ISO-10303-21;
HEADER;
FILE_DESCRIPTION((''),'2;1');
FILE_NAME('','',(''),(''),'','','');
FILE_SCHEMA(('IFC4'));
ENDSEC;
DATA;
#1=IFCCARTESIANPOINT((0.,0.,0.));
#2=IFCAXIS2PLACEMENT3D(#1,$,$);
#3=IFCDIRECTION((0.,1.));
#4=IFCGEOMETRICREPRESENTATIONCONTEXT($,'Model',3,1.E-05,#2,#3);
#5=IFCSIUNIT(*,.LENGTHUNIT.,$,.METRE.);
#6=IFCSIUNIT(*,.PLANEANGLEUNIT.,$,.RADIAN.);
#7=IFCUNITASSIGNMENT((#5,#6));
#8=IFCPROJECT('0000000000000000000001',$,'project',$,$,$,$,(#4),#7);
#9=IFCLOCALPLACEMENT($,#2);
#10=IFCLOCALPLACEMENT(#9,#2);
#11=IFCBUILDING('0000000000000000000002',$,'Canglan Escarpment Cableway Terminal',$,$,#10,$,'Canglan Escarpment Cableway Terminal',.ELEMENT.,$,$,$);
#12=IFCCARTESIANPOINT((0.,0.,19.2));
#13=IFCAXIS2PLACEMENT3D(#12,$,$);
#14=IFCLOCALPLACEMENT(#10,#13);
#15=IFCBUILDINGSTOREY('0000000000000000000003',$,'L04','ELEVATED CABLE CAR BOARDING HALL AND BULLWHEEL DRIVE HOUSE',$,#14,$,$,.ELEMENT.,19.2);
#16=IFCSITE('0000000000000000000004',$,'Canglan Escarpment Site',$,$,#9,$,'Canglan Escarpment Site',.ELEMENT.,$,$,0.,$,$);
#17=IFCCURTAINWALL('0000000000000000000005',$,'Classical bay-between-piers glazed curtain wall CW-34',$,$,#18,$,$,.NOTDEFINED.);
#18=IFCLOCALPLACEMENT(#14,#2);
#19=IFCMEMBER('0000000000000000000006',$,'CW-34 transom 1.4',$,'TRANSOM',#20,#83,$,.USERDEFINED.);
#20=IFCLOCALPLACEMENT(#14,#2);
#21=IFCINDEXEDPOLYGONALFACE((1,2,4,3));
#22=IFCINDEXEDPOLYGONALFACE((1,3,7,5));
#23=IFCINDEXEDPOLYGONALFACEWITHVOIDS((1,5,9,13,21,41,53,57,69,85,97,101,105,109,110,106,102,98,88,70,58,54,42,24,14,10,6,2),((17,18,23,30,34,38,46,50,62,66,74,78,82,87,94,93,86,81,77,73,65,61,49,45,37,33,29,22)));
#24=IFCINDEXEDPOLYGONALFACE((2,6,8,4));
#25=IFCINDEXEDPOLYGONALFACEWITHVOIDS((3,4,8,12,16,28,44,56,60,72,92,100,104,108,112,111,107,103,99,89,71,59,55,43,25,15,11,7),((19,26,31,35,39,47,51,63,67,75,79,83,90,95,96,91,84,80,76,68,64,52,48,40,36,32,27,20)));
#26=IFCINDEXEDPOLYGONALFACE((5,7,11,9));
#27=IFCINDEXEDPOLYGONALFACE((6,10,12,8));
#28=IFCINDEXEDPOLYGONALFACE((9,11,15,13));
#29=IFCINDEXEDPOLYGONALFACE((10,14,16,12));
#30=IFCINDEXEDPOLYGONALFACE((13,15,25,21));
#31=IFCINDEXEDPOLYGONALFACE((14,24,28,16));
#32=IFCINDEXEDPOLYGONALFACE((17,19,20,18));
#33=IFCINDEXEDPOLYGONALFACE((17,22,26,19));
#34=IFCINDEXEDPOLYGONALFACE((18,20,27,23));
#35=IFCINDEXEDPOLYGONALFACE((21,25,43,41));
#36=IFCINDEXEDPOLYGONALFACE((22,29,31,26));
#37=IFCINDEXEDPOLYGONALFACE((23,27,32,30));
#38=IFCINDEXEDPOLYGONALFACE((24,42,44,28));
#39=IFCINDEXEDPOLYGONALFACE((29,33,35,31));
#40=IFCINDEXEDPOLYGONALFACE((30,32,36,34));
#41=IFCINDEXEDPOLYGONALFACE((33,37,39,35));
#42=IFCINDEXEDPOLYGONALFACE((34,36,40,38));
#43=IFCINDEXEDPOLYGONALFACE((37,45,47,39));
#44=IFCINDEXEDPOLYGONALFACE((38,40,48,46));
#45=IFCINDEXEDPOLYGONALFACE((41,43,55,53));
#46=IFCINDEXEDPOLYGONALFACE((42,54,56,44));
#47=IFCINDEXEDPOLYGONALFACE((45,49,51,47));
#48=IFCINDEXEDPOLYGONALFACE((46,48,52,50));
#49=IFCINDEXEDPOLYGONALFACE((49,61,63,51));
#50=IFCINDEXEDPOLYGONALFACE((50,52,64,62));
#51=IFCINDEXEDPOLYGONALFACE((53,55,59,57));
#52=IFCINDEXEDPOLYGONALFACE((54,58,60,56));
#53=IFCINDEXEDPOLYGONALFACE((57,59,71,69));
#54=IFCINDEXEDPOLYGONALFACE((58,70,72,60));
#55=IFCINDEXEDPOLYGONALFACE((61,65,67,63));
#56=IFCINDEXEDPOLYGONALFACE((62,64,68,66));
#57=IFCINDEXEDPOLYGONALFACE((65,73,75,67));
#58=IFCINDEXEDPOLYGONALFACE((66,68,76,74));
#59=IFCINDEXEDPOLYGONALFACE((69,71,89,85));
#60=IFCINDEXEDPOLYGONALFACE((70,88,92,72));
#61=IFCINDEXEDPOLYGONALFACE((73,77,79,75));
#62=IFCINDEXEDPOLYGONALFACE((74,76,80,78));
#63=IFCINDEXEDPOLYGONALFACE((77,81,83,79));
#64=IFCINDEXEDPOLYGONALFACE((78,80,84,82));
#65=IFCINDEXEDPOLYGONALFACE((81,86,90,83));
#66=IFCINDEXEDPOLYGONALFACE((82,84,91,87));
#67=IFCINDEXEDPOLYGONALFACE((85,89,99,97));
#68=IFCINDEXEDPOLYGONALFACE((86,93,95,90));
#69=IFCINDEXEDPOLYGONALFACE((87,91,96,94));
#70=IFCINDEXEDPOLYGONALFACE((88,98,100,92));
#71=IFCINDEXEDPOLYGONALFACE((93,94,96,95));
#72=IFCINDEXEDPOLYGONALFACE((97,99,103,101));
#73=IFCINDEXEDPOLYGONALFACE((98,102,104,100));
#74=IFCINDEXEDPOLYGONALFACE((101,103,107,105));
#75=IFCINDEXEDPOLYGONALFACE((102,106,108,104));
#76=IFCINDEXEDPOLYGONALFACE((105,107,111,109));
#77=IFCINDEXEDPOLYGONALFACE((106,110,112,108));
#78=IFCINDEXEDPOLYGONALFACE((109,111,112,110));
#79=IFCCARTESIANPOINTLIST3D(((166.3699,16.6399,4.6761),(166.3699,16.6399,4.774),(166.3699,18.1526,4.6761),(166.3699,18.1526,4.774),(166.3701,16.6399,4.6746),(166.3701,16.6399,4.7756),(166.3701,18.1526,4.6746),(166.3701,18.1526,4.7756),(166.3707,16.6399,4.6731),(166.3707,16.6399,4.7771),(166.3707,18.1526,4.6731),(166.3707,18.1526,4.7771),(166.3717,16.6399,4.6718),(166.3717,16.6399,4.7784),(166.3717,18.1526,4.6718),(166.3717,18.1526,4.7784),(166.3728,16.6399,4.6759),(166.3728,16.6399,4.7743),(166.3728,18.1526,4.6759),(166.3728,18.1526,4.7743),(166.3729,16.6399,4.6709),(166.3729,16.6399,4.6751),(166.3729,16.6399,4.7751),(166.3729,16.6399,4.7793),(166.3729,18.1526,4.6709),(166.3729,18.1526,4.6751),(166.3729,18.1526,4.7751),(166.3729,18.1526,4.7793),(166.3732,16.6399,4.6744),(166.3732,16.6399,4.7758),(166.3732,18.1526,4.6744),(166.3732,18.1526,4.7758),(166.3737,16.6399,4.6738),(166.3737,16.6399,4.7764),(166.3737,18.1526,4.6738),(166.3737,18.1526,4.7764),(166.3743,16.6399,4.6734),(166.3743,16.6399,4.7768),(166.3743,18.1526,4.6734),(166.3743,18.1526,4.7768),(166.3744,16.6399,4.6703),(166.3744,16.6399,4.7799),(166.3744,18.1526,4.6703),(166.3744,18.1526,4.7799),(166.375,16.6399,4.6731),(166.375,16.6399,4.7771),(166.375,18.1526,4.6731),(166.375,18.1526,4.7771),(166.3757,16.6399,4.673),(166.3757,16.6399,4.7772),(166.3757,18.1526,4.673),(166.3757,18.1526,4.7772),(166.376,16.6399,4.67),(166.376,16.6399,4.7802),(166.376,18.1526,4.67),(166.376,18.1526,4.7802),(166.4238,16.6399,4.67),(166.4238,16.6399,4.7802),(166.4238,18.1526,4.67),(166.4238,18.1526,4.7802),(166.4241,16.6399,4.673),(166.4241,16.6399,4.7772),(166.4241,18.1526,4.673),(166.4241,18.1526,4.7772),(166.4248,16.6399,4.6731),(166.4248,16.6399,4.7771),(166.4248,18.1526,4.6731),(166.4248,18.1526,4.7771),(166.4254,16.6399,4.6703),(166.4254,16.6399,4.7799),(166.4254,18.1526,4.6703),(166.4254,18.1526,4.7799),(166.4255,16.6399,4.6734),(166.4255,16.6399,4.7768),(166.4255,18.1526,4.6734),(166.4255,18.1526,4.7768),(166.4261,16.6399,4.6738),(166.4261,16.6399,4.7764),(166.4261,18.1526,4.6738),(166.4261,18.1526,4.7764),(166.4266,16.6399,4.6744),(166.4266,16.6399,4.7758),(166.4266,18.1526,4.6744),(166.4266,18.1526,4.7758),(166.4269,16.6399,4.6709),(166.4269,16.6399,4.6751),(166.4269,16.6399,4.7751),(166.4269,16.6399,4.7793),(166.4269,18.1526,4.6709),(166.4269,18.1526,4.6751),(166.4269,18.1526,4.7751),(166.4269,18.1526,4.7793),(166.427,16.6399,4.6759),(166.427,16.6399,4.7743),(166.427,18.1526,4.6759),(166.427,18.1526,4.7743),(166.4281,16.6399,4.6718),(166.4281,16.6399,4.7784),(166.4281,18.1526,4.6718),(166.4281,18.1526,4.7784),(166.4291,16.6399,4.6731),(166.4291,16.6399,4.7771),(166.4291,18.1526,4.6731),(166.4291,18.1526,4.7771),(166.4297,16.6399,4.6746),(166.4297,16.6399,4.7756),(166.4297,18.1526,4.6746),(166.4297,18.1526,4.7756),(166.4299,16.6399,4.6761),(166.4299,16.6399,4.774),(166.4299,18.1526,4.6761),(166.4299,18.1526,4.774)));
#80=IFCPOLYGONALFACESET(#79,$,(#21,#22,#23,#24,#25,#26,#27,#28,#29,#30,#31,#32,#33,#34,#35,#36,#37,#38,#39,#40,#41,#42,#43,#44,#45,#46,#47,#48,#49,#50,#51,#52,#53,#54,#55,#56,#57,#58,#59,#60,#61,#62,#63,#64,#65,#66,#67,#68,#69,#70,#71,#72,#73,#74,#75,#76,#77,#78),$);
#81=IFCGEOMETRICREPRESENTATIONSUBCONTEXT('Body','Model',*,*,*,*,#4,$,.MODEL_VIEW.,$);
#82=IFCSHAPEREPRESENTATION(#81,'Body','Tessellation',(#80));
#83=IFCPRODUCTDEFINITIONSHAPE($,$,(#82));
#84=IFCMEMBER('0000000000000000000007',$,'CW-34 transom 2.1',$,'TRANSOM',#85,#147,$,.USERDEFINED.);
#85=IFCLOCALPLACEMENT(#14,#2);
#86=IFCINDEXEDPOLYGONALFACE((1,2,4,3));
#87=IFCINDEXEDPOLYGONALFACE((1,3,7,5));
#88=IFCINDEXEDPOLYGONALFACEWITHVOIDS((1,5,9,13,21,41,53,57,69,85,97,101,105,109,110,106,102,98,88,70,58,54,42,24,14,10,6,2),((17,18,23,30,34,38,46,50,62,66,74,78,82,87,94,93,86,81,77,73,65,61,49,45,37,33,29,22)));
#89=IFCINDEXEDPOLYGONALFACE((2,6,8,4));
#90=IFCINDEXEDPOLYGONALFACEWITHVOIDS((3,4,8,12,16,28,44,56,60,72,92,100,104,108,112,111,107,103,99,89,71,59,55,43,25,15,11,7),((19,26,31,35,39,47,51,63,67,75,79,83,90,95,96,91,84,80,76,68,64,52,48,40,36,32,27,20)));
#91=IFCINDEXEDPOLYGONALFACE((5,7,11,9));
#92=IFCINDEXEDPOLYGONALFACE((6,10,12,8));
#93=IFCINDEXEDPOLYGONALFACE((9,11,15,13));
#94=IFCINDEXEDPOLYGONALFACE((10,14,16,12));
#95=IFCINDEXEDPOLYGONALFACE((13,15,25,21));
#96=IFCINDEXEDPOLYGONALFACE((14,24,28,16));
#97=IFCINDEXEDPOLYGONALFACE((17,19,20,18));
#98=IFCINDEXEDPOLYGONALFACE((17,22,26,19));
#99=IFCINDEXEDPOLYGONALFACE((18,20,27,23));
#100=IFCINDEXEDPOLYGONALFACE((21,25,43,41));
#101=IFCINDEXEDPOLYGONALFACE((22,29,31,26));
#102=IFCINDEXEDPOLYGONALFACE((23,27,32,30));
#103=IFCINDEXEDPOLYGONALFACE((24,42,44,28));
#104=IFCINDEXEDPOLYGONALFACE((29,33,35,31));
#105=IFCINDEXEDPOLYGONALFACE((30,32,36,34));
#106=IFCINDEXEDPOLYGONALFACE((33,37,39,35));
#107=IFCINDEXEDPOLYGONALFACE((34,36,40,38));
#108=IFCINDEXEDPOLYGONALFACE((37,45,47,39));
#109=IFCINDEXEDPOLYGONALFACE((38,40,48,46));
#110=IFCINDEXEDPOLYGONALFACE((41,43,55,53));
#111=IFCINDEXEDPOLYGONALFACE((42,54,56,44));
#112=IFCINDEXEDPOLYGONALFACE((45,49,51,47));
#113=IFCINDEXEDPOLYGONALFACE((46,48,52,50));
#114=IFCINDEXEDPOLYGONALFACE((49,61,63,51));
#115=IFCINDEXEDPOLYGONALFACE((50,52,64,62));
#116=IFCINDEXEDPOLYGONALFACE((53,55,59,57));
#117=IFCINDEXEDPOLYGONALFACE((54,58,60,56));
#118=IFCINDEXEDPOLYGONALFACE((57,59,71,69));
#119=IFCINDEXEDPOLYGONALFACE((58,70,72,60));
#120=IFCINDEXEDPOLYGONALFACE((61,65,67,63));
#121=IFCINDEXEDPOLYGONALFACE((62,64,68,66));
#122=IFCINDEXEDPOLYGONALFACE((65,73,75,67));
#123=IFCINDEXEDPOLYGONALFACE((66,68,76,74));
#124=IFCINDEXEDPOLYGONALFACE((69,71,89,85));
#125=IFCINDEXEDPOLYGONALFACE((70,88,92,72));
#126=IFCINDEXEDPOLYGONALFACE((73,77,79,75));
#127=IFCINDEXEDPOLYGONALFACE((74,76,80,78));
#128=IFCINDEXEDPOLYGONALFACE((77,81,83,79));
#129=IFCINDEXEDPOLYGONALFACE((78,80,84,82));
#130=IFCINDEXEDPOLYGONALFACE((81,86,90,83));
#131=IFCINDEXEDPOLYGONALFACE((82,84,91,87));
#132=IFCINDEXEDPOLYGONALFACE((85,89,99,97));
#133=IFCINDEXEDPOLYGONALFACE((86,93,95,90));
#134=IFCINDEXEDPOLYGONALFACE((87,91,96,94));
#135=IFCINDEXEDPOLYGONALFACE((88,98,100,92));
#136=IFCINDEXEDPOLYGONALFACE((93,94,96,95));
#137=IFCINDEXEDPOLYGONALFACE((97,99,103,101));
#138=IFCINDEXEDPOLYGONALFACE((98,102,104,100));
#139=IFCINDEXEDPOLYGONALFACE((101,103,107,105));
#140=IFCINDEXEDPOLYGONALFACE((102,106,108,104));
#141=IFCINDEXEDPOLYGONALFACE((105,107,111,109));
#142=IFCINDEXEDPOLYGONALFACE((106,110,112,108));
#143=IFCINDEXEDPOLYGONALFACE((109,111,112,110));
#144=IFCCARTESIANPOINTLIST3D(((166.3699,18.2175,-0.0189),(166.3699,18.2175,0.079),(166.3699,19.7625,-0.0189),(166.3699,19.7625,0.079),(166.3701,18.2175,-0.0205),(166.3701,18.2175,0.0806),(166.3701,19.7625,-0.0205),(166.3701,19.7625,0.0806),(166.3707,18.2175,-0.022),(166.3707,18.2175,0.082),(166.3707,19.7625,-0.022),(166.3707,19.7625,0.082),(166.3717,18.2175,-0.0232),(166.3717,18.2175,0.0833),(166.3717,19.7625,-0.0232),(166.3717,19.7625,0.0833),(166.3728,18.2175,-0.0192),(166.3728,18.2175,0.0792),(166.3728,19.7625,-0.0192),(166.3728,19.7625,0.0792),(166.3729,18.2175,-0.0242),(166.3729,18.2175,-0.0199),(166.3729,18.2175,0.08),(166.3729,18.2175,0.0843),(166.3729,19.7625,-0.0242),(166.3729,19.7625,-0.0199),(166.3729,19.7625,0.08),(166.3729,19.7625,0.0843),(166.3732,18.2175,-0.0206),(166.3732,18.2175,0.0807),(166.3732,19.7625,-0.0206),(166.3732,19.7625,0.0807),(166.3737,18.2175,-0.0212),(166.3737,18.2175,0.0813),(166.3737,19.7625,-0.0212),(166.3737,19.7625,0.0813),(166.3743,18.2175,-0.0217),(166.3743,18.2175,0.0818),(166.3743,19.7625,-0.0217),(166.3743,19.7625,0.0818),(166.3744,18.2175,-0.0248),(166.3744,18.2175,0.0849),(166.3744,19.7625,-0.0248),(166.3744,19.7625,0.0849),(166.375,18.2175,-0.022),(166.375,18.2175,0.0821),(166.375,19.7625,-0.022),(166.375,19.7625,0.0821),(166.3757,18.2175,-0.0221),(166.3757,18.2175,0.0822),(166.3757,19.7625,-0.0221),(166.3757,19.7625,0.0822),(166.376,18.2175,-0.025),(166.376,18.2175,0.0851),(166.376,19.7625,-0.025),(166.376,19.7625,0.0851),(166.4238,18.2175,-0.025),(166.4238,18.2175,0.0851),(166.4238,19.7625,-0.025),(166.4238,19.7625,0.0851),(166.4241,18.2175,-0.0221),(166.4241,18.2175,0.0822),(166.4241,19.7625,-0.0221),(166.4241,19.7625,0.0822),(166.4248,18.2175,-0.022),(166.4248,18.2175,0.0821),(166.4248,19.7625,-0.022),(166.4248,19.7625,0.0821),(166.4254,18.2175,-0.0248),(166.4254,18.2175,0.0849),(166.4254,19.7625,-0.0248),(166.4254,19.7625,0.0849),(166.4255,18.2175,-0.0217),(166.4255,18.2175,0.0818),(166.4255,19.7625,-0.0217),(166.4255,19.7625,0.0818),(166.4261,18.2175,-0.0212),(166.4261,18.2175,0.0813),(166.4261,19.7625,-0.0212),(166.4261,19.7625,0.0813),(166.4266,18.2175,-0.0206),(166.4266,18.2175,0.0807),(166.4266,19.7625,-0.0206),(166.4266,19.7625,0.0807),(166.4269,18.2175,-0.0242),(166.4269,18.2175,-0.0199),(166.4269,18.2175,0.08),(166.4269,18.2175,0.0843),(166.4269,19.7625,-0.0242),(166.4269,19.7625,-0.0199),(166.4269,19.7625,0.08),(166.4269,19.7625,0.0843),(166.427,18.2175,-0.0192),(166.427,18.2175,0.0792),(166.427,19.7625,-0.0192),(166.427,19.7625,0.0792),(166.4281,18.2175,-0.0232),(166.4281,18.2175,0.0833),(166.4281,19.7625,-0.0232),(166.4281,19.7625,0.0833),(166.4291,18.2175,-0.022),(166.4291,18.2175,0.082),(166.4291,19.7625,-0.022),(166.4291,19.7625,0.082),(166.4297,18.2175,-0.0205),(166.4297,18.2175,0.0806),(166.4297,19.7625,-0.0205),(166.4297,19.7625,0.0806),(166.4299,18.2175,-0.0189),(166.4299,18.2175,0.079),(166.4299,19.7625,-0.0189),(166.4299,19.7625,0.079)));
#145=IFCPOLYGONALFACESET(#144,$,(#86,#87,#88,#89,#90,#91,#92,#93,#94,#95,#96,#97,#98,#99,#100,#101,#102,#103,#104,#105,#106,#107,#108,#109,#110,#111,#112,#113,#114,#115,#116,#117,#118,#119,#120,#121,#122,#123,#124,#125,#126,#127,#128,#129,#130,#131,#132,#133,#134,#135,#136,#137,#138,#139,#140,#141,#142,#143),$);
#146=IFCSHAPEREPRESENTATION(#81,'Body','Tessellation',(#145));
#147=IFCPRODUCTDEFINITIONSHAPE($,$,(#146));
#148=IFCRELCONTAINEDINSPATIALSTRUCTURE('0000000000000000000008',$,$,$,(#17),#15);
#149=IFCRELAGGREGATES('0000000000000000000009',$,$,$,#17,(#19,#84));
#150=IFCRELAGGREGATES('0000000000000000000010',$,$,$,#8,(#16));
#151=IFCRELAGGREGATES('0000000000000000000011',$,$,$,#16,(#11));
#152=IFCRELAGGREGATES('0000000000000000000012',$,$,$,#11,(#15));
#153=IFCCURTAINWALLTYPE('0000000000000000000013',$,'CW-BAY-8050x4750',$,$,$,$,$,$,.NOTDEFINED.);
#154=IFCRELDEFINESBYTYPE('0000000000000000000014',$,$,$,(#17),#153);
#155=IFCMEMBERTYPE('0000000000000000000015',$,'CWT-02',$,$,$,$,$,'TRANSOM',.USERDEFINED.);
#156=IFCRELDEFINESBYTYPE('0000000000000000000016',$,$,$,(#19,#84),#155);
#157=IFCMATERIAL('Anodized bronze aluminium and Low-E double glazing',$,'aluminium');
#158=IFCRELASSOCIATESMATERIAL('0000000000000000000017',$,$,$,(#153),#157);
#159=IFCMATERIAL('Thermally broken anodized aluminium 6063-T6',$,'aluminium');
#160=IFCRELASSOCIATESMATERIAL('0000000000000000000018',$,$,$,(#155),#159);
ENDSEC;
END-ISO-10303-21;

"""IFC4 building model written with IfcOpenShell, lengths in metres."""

from ifc_helpers import new_model, si_unit, direction, frame, origin, origin_2d, place, context, subcontext, project, spatial, hollow_rectangle, extrude, material, material_profile, profile_set, type_object, element, aggregate, save


model = new_model("IFC4")

# Units and contexts
model_context = context("Model", 3, precision=1e-05, world=origin(), true_north=direction((0.0, 1.0)))
body_context = subcontext(model_context, "Body", "Model", "MODEL_VIEW")
ifc_project = project(units=[si_unit("LENGTHUNIT", "METRE"), si_unit("PLANEANGLEUNIT", "RADIAN")], contexts=[model_context])

# Site, building, storey
site_placement = place(None, origin())
site = spatial("IfcSite", under=ifc_project, at=site_placement, Name="Canglan Escarpment Site", LongName="Canglan Escarpment Site", CompositionType="ELEMENT", RefElevation=0.0)
building_placement = place(site_placement, origin())
building = spatial("IfcBuilding", under=site, at=building_placement, Name="Canglan Escarpment Cableway Terminal", LongName="Canglan Escarpment Cableway Terminal", CompositionType="ELEMENT")
storey_placement = place(building_placement, frame((0.0, 0.0, 19.2)))
storey = spatial("IfcBuildingStorey", under=building, at=storey_placement, Name="L04", Description="ELEVATED CABLE CAR BOARDING HALL AND BULLWHEEL DRIVE HOUSE", CompositionType="ELEMENT", Elevation=19.2)

# Curtain wall
ifc_material_1 = material(Name="Anodized bronze aluminium and Low-E double glazing", Category="aluminium")
curtain_wall_type = type_object("IfcCurtainWallType", Name="CW-BAY-8050x4750", PredefinedType="NOTDEFINED", material=ifc_material_1)
ifc_material_2 = material(Name="Thermally broken anodized aluminium 6063-T6", Category="aluminium")
curtain_wall_1_placement = place(storey_placement, origin())
curtain_wall_1 = element("IfcCurtainWall", 1, at=curtain_wall_1_placement, inside=storey, type_object=curtain_wall_type, Name="Classical bay-between-piers glazed curtain wall CW-34", PredefinedType="NOTDEFINED")

# Members
ifc_material_profile_1 = material_profile(ifc_material_2, hollow_rectangle(XDim=0.0601, YDim=0.1101, WallThickness=0.0029, InnerFilletRadius=0.0029, OuterFilletRadius=0.0061, at=origin_2d()), Name="ALU-TRAN 60x110x3")
ifc_profile_set_1 = profile_set([ifc_material_profile_1], Name="Thermally broken anodized aluminium 6063-T6")
member_type_1 = type_object("IfcMemberType", Name="CWT-02", ElementType="TRANSOM", PredefinedType="USERDEFINED", material=ifc_profile_set_1)
member_1_placement = place(storey_placement, frame((166.3999, 16.6399, 4.7251), z_axis=(0.0, 1.0, 0.0), x_axis=(-1.0, 0.0, 0.0)))
member_1 = element("IfcMember", 2, at=member_1_placement, type_object=member_type_1, Name="CW-34 transom 1.4", ObjectType="TRANSOM", PredefinedType="USERDEFINED", context=body_context, shape_type="SweptSolid", body=[
    extrude(hollow_rectangle(XDim=0.0601, YDim=0.1101, WallThickness=0.0029, InnerFilletRadius=0.0029, OuterFilletRadius=0.0061, at=origin_2d()), origin(), (0.0, 0.0, 1.0), 1.5127),
])
member_2_placement = place(storey_placement, frame((166.3999, 18.2175, 0.03), z_axis=(0.0, 1.0, 0.0), x_axis=(-1.0, 0.0, 0.0)))
member_2 = element("IfcMember", 3, at=member_2_placement, type_object=member_type_1, Name="CW-34 transom 2.1", ObjectType="TRANSOM", PredefinedType="USERDEFINED", context=body_context, shape_type="SweptSolid", body=[
    extrude(hollow_rectangle(XDim=0.0601, YDim=0.1101, WallThickness=0.0029, InnerFilletRadius=0.0029, OuterFilletRadius=0.0061, at=origin_2d()), origin(), (0.0, 0.0, 1.0), 1.5449),
])

aggregate(curtain_wall_1, [member_1, member_2])

save(model, "model.ifc")
